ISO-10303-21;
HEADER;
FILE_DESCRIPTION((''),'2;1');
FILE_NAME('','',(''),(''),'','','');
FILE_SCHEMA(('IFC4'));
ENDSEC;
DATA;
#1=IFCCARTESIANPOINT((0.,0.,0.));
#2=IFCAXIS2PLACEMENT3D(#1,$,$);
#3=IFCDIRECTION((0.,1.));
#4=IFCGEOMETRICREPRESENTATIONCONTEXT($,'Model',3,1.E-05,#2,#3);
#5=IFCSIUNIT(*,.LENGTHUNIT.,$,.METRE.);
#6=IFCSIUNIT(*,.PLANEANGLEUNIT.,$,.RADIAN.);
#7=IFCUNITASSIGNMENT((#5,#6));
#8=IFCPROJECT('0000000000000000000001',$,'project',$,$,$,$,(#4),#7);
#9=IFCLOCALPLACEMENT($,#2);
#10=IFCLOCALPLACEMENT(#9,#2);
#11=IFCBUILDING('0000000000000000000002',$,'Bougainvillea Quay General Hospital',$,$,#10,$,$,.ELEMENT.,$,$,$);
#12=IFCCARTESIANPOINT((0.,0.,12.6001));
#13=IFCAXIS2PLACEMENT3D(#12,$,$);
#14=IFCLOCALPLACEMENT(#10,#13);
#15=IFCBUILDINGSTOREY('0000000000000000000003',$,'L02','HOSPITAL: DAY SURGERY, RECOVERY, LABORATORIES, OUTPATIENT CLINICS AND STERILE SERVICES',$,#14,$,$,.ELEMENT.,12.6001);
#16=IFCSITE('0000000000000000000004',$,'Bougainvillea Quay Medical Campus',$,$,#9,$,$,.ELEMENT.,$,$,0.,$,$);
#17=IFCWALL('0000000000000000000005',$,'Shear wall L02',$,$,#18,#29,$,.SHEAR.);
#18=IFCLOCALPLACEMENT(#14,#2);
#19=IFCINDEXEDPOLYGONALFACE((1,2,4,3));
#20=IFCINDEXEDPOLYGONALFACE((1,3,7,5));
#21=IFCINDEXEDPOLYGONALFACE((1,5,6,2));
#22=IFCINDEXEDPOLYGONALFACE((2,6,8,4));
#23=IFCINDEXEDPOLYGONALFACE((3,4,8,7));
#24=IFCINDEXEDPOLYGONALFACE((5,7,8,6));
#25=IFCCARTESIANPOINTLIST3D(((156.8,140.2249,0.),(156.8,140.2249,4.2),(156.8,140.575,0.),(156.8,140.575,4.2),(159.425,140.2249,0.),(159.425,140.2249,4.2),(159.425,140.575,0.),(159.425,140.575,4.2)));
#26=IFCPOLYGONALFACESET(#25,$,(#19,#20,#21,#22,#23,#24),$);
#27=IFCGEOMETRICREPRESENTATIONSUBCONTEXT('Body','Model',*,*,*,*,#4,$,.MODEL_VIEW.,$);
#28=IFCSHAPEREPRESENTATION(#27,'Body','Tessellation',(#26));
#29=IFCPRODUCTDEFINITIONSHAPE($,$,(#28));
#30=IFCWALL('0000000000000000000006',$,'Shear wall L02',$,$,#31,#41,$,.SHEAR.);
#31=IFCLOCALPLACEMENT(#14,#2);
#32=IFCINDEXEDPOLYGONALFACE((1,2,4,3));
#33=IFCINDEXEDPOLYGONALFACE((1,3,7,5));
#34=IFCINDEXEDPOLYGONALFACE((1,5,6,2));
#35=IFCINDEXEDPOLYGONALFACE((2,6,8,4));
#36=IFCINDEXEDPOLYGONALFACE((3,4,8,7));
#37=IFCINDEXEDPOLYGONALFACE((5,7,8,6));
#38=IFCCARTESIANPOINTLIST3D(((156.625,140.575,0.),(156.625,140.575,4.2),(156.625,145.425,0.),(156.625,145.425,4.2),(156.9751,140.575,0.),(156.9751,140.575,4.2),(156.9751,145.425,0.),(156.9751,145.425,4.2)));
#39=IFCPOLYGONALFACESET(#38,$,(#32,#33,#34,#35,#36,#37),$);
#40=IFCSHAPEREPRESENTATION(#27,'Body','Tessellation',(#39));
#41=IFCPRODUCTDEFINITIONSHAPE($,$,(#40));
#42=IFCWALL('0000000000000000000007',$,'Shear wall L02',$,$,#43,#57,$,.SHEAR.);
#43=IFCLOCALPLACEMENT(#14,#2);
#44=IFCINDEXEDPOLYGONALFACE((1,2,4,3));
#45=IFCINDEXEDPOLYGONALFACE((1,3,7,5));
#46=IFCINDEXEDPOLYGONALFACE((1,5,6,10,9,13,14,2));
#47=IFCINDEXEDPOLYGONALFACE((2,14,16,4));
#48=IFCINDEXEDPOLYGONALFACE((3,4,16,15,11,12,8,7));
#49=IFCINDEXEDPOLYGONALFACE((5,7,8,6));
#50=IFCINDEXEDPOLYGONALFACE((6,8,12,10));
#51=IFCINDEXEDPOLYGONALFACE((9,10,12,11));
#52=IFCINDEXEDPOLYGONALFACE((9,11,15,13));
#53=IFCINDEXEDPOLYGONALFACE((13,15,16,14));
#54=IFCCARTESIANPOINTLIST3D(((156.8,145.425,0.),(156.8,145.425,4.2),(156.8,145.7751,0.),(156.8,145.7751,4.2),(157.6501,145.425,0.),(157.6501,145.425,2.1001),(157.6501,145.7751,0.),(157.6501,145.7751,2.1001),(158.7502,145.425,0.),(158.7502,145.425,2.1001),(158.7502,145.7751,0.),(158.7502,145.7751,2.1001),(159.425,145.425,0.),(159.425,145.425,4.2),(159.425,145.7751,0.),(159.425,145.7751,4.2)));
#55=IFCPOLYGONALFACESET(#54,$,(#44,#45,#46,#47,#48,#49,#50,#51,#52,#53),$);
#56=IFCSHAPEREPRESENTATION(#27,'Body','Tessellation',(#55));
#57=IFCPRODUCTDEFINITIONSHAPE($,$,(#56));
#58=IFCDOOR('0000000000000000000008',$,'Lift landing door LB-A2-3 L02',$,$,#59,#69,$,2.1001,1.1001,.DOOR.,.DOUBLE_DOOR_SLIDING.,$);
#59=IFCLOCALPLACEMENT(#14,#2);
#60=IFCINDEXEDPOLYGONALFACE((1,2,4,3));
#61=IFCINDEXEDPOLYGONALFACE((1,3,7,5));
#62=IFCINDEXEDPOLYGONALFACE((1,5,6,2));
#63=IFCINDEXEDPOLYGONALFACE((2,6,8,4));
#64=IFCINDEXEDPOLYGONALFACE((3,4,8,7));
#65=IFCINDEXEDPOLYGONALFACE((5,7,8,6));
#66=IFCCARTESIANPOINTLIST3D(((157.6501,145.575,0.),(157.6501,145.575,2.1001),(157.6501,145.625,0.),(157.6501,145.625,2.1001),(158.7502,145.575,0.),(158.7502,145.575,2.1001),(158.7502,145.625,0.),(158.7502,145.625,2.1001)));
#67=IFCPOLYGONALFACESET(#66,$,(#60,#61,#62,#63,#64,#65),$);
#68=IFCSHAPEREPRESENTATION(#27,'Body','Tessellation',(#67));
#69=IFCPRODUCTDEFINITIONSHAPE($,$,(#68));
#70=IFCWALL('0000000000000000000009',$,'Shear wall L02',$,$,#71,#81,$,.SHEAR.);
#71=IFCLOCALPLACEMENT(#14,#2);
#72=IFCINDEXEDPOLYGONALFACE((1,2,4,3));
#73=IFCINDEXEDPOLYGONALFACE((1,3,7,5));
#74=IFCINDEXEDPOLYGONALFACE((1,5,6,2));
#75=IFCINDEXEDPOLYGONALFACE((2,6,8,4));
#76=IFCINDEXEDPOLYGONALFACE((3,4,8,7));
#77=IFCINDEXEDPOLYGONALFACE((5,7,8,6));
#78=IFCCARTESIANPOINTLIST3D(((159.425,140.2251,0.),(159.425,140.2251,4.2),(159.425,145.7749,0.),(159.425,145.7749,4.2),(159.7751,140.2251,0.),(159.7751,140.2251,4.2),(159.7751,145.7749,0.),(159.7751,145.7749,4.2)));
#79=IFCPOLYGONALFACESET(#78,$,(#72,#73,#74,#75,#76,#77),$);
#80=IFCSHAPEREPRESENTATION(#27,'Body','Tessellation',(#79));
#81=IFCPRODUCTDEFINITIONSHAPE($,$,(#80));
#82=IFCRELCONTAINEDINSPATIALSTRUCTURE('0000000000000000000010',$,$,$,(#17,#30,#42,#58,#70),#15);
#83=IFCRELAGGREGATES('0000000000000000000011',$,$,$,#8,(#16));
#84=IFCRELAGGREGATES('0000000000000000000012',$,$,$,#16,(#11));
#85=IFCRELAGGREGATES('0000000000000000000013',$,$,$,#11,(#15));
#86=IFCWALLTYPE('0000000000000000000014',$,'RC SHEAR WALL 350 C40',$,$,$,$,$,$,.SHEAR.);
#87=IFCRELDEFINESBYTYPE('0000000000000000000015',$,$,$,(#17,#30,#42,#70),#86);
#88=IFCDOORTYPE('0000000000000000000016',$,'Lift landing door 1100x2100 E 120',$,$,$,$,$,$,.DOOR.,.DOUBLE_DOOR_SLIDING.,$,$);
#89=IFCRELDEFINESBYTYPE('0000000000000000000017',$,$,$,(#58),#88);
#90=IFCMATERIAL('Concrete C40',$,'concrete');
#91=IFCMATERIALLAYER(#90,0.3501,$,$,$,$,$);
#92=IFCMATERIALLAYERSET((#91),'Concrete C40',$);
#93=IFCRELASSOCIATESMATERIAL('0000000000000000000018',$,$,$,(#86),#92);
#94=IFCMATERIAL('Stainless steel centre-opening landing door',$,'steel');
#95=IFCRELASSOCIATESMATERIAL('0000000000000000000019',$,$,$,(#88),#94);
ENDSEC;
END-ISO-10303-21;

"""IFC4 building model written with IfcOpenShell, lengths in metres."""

from ifc_helpers import new_model, si_unit, direction, frame, frame_2d, origin, place, context, subcontext, project, spatial, rectangle, extrude, material, layer, layer_set, type_object, element, fill, save


model = new_model("IFC4")

# Units and contexts
model_context = context("Model", 3, precision=1e-05, world=origin(), true_north=direction((0.0, 1.0)))
body_context = subcontext(model_context, "Body", "Model", "MODEL_VIEW")
ifc_project = project(units=[si_unit("LENGTHUNIT", "METRE"), si_unit("PLANEANGLEUNIT", "RADIAN")], contexts=[model_context])

# Site, building, storey
site_placement = place(None, origin())
site = spatial("IfcSite", under=ifc_project, at=site_placement, Name="Bougainvillea Quay Medical Campus", CompositionType="ELEMENT", RefElevation=0.0)
building_placement = place(site_placement, origin())
building = spatial("IfcBuilding", under=site, at=building_placement, Name="Bougainvillea Quay General Hospital", CompositionType="ELEMENT")
storey_placement = place(building_placement, frame((0.0, 0.0, 12.6001)))
storey = spatial("IfcBuildingStorey", under=building, at=storey_placement, Name="L02", Description="HOSPITAL: DAY SURGERY, RECOVERY, LABORATORIES, OUTPATIENT CLINICS AND STERILE SERVICES", CompositionType="ELEMENT", Elevation=12.6001)

# Shared definitions
ifc_material_1 = material(Name="Concrete C40", Category="concrete")

# Shared definitions
ifc_layer_1 = layer(ifc_material_1, 0.3501)
ifc_layer_set_1 = layer_set([ifc_layer_1], Name="Concrete C40")
wall_type_1 = type_object("IfcWallType", Name="RC SHEAR WALL 350 C40", PredefinedType="SHEAR", material=ifc_layer_set_1)

# Shared definitions
ifc_material_2 = material(Name="Stainless steel centre-opening landing door", Category="steel")

# Walls
wall_1_placement = place(storey_placement, frame((156.8, 140.3999, 0.0), z_axis=(0.0, 0.0, 1.0), x_axis=(1.0, 0.0, 0.0)))
element("IfcWall", 1, at=wall_1_placement, inside=storey, type_object=wall_type_1, Name="Shear wall L02", PredefinedType="SHEAR", context=body_context, shape_type="SweptSolid", body=[
    extrude(rectangle(XDim=2.625, YDim=0.3501, at=frame_2d((1.3125, 0.0))), origin(), (0.0, 0.0, 1.0), 4.2),
])
wall_2_placement = place(storey_placement, frame((156.8, 140.575, 0.0), z_axis=(0.0, 0.0, 1.0), x_axis=(0.0, 1.0, 0.0)))
element("IfcWall", 2, at=wall_2_placement, inside=storey, type_object=wall_type_1, Name="Shear wall L02", PredefinedType="SHEAR", context=body_context, shape_type="SweptSolid", body=[
    extrude(rectangle(XDim=4.8501, YDim=0.3501, at=frame_2d((2.425, 0.0))), origin(), (0.0, 0.0, 1.0), 4.2),
])

# Wall, opening, door
wall_3_placement = place(storey_placement, frame((156.8, 145.6001, 0.0), z_axis=(0.0, 0.0, 1.0), x_axis=(1.0, 0.0, 0.0)))
wall_3 = element("IfcWall", 3, at=wall_3_placement, inside=storey, type_object=wall_type_1, Name="Shear wall L02", PredefinedType="SHEAR", context=body_context, shape_type="SweptSolid", body=[
    extrude(rectangle(XDim=2.625, YDim=0.3501, at=frame_2d((1.3125, 0.0))), origin(), (0.0, 0.0, 1.0), 4.2),
])
opening_1_placement = place(wall_3_placement, frame((0.8501, 0.0, 0.0)))
opening_1 = element("IfcOpeningElement", 4, at=opening_1_placement, cuts=wall_3, PredefinedType="OPENING", context=body_context, shape_type="SweptSolid", body=[
    extrude(rectangle(XDim=1.1001, YDim=2.1001, at=frame_2d((0.55, 1.05))), frame((0.0, 0.1851, 0.0), z_axis=(0.0, -1.0, 0.0), x_axis=(1.0, 0.0, 0.0)), (0.0, 0.0, 1.0), 0.3701),
])
door_type_1 = type_object("IfcDoorType", Name="Lift landing door 1100x2100 E 120", OperationType="DOUBLE_DOOR_SLIDING", PredefinedType="DOOR", material=ifc_material_2)
door_1_placement = place(opening_1_placement, origin())
door_1 = element("IfcDoor", 5, at=door_1_placement, inside=storey, type_object=door_type_1, Name="Lift landing door LB-A2-3 L02", OperationType="DOUBLE_DOOR_SLIDING", OverallHeight=2.1001, OverallWidth=1.1001, PredefinedType="DOOR", context=body_context, shape_type="SweptSolid", body=[
    extrude(rectangle(XDim=1.1001, YDim=2.1001, at=frame_2d((0.55, 1.05))), frame((0.0, 0.0249, 0.0), z_axis=(0.0, -1.0, 0.0), x_axis=(1.0, 0.0, 0.0)), (0.0, 0.0, 1.0), 0.05),
])
fill(opening_1, door_1)

# Wall
wall_4_placement = place(storey_placement, frame((159.6001, 140.2251, 0.0), z_axis=(0.0, 0.0, 1.0), x_axis=(0.0, 1.0, 0.0)))
element("IfcWall", 6, at=wall_4_placement, inside=storey, type_object=wall_type_1, Name="Shear wall L02", PredefinedType="SHEAR", context=body_context, shape_type="SweptSolid", body=[
    extrude(rectangle(XDim=5.5498, YDim=0.3501, at=frame_2d((2.7749, 0.0))), origin(), (0.0, 0.0, 1.0), 4.2),
])

save(model, "model.ifc")
